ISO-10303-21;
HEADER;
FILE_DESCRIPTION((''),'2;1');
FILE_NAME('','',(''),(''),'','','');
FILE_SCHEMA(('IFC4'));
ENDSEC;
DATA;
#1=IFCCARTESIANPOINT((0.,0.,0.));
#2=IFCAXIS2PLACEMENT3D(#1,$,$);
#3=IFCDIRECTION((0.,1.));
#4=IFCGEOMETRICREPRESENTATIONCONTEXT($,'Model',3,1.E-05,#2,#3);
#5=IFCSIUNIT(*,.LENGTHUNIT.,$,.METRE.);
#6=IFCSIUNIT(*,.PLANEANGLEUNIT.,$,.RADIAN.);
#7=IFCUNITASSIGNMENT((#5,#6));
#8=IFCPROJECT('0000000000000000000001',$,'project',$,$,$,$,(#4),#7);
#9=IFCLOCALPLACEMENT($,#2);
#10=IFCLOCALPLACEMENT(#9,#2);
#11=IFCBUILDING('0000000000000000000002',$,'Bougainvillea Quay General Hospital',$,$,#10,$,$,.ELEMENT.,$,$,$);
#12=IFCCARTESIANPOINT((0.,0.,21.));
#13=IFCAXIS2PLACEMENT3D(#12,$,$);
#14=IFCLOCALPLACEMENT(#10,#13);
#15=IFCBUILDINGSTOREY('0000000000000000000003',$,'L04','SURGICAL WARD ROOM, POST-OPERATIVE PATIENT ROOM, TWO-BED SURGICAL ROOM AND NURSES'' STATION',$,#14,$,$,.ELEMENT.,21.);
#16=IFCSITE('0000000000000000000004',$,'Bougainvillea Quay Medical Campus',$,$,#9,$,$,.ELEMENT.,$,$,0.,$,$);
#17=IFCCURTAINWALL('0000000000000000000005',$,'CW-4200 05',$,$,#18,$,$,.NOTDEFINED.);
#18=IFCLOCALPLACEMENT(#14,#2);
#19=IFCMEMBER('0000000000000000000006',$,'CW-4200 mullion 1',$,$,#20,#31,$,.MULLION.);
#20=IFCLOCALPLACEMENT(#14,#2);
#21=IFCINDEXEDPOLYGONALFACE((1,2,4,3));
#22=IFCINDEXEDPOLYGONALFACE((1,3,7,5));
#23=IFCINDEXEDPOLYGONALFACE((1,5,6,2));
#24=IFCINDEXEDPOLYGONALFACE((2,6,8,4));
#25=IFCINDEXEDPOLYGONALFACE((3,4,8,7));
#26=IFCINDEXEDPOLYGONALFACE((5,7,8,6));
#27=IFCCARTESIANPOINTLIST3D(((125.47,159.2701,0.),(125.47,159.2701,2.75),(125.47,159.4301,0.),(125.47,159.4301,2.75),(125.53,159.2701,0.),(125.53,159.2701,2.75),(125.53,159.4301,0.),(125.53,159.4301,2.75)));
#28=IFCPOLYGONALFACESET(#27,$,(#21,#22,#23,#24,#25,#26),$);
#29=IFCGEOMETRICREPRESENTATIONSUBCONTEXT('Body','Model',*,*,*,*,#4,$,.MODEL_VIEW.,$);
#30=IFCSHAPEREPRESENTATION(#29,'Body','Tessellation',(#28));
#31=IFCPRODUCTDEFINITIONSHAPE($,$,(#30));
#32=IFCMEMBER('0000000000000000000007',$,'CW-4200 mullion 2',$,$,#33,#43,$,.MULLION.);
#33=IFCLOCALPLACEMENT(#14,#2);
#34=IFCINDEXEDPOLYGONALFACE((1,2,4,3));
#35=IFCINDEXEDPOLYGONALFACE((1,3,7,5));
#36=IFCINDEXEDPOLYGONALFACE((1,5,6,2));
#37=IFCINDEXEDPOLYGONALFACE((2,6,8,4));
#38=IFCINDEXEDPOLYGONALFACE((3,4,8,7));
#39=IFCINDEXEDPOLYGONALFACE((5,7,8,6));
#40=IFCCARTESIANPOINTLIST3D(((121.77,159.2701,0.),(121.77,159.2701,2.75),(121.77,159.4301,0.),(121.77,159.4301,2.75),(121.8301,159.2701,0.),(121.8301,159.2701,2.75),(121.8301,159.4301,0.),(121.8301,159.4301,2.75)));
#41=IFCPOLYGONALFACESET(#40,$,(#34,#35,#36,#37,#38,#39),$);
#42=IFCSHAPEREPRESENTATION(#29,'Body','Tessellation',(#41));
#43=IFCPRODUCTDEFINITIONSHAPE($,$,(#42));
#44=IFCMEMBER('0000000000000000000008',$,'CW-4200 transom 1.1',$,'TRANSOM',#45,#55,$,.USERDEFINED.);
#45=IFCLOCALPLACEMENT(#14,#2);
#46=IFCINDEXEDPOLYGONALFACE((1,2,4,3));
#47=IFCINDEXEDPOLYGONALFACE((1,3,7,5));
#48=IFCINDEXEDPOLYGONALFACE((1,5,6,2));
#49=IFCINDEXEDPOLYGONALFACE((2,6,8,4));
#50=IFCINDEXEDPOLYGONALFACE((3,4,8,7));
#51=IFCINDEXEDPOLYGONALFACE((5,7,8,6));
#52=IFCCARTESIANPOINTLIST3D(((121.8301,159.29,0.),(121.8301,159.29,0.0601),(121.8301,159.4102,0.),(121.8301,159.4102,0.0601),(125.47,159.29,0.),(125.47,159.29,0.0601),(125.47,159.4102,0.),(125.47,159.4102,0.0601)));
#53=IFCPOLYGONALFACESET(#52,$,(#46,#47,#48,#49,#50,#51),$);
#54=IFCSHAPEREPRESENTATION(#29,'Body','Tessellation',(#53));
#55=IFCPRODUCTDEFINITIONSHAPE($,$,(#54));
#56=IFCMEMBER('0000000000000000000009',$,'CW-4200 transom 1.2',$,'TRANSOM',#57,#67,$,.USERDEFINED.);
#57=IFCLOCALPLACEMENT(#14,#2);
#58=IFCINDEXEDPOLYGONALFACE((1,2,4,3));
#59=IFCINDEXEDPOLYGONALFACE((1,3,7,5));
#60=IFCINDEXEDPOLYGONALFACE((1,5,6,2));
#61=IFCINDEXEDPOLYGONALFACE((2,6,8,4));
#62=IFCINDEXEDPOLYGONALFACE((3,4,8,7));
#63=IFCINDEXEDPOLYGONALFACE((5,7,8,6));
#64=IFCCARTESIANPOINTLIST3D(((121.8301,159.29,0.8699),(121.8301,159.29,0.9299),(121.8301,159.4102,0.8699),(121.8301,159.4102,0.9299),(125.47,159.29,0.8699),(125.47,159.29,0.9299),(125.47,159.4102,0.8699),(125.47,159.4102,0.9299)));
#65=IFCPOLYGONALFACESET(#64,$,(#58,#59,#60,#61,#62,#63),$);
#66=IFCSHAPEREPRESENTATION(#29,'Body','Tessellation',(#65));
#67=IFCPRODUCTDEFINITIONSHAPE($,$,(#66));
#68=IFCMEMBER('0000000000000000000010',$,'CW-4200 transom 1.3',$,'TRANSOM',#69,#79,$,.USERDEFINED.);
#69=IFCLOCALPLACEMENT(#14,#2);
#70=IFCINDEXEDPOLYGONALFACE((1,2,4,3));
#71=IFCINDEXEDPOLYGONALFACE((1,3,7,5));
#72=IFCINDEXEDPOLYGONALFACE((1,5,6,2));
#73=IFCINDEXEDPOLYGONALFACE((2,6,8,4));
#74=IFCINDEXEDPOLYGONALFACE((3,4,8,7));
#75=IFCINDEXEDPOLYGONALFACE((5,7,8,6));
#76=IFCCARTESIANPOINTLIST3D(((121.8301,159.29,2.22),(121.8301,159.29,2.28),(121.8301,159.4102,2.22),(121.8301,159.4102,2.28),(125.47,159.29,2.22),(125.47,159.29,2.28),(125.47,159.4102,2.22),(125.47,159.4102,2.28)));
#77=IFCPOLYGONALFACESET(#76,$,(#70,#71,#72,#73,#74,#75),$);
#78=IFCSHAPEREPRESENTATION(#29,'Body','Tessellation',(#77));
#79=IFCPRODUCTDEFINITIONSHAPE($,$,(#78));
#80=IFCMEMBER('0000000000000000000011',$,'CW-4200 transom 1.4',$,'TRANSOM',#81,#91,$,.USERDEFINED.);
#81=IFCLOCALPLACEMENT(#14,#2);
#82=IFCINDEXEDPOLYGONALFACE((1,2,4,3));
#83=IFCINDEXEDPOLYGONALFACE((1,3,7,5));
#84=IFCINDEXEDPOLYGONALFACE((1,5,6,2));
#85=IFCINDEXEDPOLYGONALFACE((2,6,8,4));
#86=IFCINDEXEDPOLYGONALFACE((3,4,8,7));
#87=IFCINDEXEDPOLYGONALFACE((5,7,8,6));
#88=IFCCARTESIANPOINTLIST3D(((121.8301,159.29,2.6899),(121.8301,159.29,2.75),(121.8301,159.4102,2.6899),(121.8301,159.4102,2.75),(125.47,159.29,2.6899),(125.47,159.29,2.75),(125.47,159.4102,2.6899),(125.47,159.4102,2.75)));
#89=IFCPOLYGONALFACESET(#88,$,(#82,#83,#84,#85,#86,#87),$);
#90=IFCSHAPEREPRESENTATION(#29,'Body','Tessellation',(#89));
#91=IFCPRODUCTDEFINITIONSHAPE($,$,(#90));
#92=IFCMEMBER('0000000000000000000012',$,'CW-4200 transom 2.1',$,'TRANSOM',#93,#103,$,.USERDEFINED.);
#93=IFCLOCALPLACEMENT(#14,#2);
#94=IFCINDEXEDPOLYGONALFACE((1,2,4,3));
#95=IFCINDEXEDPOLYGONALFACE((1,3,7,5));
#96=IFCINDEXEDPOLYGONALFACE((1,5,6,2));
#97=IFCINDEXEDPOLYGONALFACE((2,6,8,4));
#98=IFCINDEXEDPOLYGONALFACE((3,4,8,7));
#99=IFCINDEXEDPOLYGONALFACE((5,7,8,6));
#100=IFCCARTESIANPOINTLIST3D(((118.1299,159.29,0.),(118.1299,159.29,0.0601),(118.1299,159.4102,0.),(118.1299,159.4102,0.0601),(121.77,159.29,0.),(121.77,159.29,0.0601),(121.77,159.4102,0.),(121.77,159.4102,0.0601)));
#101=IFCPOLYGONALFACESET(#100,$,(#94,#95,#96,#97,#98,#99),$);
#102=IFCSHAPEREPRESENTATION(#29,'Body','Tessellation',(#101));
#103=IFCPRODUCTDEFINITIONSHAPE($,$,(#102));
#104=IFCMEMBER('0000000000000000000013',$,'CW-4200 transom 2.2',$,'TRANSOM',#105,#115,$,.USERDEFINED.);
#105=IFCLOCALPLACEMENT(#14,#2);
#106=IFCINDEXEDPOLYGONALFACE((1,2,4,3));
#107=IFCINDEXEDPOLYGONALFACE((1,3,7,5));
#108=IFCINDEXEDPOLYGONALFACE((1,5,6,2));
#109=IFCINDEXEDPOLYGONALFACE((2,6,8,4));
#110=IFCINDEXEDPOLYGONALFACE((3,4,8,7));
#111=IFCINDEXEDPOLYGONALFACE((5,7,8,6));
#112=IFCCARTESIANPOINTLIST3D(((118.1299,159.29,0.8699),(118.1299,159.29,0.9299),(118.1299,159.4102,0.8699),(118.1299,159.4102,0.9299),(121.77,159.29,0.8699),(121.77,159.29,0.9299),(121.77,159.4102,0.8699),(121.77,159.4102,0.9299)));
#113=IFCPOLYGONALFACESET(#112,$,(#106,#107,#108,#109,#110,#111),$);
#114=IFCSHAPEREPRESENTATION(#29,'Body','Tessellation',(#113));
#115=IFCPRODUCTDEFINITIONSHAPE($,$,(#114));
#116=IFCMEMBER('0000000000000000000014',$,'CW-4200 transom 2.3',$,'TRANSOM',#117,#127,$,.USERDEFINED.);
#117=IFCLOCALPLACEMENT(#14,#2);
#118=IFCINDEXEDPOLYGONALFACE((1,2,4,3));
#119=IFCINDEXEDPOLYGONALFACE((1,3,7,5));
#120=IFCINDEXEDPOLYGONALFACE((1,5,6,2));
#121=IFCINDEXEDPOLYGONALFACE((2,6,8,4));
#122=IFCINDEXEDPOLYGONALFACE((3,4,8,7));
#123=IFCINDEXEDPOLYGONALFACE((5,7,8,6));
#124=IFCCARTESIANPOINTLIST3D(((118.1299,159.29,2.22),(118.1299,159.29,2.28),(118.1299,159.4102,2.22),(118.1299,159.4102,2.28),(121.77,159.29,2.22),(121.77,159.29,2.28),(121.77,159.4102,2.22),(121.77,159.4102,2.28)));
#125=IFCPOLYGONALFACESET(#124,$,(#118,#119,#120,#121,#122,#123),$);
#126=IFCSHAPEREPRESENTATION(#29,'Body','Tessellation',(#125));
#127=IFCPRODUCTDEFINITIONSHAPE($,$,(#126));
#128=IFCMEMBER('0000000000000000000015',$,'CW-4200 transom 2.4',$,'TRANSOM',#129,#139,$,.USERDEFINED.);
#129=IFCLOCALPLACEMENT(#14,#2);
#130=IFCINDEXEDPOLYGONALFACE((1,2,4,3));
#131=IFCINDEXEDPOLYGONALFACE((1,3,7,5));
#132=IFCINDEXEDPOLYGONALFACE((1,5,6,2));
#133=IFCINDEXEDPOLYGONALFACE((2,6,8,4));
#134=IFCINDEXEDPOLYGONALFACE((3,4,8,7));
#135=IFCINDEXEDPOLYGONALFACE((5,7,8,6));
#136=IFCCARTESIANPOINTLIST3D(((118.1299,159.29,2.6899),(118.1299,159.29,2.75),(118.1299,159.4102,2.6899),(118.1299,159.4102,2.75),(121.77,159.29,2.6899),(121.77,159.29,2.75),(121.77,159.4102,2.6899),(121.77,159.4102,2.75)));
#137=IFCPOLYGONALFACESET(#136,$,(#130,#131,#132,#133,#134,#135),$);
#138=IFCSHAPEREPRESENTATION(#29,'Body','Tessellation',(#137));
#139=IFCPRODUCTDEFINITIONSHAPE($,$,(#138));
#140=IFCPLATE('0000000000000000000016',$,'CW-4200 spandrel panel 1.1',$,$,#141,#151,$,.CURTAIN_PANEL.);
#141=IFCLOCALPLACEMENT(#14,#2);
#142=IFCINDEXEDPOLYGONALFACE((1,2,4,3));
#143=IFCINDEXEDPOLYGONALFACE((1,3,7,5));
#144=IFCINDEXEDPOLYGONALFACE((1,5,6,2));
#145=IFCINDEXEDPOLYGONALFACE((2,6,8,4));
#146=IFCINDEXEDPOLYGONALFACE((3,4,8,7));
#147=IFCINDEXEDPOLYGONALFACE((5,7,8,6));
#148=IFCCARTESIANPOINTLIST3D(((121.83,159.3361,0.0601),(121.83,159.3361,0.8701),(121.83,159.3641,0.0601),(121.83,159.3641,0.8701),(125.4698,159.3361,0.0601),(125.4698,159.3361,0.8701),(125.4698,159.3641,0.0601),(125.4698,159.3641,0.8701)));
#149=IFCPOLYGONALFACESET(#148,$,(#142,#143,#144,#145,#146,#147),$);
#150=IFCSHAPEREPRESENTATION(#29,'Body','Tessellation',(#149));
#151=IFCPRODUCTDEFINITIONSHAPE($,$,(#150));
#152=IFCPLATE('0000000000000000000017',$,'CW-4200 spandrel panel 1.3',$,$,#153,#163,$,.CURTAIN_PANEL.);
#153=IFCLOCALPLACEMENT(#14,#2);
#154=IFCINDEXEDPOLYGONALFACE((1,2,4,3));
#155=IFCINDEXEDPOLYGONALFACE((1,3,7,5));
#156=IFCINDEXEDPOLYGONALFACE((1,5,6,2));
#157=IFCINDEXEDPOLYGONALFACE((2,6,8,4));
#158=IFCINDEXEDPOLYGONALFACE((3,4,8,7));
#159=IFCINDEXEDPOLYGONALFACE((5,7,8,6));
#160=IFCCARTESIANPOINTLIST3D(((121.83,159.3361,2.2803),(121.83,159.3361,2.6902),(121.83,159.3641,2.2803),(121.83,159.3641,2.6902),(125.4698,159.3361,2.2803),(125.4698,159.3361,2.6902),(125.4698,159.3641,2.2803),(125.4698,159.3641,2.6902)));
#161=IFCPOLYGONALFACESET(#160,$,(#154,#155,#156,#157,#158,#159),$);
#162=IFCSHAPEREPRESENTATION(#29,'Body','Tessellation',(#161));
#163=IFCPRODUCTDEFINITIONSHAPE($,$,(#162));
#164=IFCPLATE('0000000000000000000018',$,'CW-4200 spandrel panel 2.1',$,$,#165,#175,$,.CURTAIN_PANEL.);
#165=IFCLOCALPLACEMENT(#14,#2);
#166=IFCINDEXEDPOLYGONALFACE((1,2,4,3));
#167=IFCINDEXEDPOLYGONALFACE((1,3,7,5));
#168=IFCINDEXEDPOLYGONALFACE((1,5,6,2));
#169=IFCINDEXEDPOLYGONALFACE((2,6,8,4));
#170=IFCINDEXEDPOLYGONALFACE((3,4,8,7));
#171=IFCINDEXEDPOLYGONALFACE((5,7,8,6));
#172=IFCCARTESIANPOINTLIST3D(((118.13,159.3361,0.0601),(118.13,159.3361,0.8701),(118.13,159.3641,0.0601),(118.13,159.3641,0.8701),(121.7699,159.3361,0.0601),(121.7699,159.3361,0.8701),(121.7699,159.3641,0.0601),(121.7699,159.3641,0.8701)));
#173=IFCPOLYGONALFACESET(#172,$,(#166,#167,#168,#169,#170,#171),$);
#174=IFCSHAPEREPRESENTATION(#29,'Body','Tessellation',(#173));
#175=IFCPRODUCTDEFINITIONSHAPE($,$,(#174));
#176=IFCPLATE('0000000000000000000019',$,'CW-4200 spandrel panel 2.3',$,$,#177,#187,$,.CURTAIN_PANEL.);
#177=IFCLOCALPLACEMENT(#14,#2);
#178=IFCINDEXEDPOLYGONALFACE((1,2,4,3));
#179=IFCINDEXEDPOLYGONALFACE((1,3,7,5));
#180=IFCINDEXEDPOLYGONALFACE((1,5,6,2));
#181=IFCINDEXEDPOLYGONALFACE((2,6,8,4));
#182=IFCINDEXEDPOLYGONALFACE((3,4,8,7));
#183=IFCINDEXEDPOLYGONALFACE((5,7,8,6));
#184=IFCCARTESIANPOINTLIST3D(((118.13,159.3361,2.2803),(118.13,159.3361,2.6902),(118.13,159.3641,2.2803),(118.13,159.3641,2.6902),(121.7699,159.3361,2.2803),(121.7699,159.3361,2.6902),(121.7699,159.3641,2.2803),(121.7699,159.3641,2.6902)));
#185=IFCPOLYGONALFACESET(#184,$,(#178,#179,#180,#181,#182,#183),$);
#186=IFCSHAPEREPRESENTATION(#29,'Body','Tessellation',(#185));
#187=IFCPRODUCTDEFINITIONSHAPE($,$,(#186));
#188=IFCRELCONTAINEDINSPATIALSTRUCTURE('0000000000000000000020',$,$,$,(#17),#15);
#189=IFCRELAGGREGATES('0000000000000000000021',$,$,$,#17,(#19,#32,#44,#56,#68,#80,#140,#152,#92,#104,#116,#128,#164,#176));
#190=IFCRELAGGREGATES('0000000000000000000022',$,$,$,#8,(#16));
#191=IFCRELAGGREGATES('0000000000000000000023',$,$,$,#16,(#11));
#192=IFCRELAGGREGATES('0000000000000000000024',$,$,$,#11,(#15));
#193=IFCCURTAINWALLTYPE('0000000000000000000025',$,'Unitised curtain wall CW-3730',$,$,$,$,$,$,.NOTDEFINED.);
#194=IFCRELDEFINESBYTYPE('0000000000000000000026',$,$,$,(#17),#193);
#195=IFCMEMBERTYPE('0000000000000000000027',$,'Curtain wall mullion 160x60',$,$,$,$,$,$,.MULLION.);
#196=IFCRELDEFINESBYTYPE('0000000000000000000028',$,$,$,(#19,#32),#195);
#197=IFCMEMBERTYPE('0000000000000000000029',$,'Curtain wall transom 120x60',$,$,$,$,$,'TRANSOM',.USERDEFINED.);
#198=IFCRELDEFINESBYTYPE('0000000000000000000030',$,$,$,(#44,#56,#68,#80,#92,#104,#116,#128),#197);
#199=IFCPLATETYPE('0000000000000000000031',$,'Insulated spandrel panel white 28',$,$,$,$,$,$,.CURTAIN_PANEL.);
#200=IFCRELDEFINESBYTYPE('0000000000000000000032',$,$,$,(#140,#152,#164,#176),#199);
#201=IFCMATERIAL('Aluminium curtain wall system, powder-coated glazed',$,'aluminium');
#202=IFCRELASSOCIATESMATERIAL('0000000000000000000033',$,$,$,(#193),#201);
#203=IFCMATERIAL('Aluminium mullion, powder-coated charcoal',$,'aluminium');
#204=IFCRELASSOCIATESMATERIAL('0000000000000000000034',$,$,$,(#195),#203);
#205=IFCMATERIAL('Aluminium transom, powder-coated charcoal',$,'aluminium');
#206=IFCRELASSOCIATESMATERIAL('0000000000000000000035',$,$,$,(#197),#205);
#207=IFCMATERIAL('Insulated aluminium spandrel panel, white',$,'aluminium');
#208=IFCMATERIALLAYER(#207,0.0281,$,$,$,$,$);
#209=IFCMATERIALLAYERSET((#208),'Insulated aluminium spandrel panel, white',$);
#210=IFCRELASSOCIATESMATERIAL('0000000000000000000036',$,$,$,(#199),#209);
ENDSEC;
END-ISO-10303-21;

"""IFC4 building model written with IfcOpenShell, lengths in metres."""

from ifc_helpers import new_model, si_unit, direction, frame, origin, origin_2d, place, context, subcontext, project, spatial, rectangle, extrude, material, layer, layer_set, material_profile, profile_set, type_object, element, aggregate, save


model = new_model("IFC4")

# Units and contexts
model_context = context("Model", 3, precision=1e-05, world=origin(), true_north=direction((0.0, 1.0)))
body_context = subcontext(model_context, "Body", "Model", "MODEL_VIEW")
ifc_project = project(units=[si_unit("LENGTHUNIT", "METRE"), si_unit("PLANEANGLEUNIT", "RADIAN")], contexts=[model_context])

# Site, building, storey
site_placement = place(None, origin())
site = spatial("IfcSite", under=ifc_project, at=site_placement, Name="Bougainvillea Quay Medical Campus", CompositionType="ELEMENT", RefElevation=0.0)
building_placement = place(site_placement, origin())
building = spatial("IfcBuilding", under=site, at=building_placement, Name="Bougainvillea Quay General Hospital", CompositionType="ELEMENT")
storey_placement = place(building_placement, frame((0.0, 0.0, 21.0)))
storey = spatial("IfcBuildingStorey", under=building, at=storey_placement, Name="L04", Description="SURGICAL WARD ROOM, POST-OPERATIVE PATIENT ROOM, TWO-BED SURGICAL ROOM AND NURSES' STATION", CompositionType="ELEMENT", Elevation=21.0)

# Curtain wall, members, plates
ifc_material_1 = material(Name="Aluminium curtain wall system, powder-coated glazed", Category="aluminium")
curtain_wall_type = type_object("IfcCurtainWallType", Name="Unitised curtain wall CW-3730", PredefinedType="NOTDEFINED", material=ifc_material_1)
curtain_wall_placement = place(storey_placement, origin())
curtain_wall = element("IfcCurtainWall", 1, at=curtain_wall_placement, inside=storey, type_object=curtain_wall_type, Name="CW-4200 05", PredefinedType="NOTDEFINED")
ifc_material_2 = material(Name="Aluminium mullion, powder-coated charcoal", Category="aluminium")
ifc_material_profile_1 = material_profile(ifc_material_2, rectangle(XDim=0.1599, YDim=0.0601, at=origin_2d()))
ifc_profile_set_1 = profile_set([ifc_material_profile_1], Name="Aluminium mullion, powder-coated charcoal")
member_type_1 = type_object("IfcMemberType", Name="Curtain wall mullion 160x60", PredefinedType="MULLION", material=ifc_profile_set_1)
member_1_placement = place(storey_placement, frame((125.5, 159.3501, 0.0), z_axis=(0.0, 0.0, 1.0), x_axis=(0.0, -1.0, 0.0)))
member_1 = element("IfcMember", 2, at=member_1_placement, type_object=member_type_1, Name="CW-4200 mullion 1", PredefinedType="MULLION", context=body_context, shape_type="SweptSolid", body=[
    extrude(rectangle(XDim=0.1599, YDim=0.0601, at=origin_2d()), origin(), (0.0, 0.0, 1.0), 2.75),
])
member_2_placement = place(storey_placement, frame((121.8, 159.3501, 0.0), z_axis=(0.0, 0.0, 1.0), x_axis=(0.0, -1.0, 0.0)))
member_2 = element("IfcMember", 3, at=member_2_placement, type_object=member_type_1, Name="CW-4200 mullion 2", PredefinedType="MULLION", context=body_context, shape_type="SweptSolid", body=[
    extrude(rectangle(XDim=0.1599, YDim=0.0601, at=origin_2d()), origin(), (0.0, 0.0, 1.0), 2.75),
])
ifc_material_3 = material(Name="Aluminium transom, powder-coated charcoal", Category="aluminium")
ifc_material_profile_2 = material_profile(ifc_material_3, rectangle(XDim=0.1201, YDim=0.0601, at=origin_2d()))
ifc_profile_set_2 = profile_set([ifc_material_profile_2], Name="Aluminium transom, powder-coated charcoal")
member_type_2 = type_object("IfcMemberType", Name="Curtain wall transom 120x60", ElementType="TRANSOM", PredefinedType="USERDEFINED", material=ifc_profile_set_2)
member_3_placement = place(storey_placement, frame((125.47, 159.3501, 0.03), z_axis=(-1.0, 0.0, 0.0), x_axis=(0.0, -1.0, 0.0)))
member_3 = element("IfcMember", 4, at=member_3_placement, type_object=member_type_2, Name="CW-4200 transom 1.1", ObjectType="TRANSOM", PredefinedType="USERDEFINED", context=body_context, shape_type="SweptSolid", body=[
    extrude(rectangle(XDim=0.1201, YDim=0.0601, at=origin_2d()), origin(), (0.0, 0.0, 1.0), 3.6399),
])
member_4_placement = place(storey_placement, frame((125.47, 159.3501, 0.8999), z_axis=(-1.0, 0.0, 0.0), x_axis=(0.0, -1.0, 0.0)))
member_4 = element("IfcMember", 5, at=member_4_placement, type_object=member_type_2, Name="CW-4200 transom 1.2", ObjectType="TRANSOM", PredefinedType="USERDEFINED", context=body_context, shape_type="SweptSolid", body=[
    extrude(rectangle(XDim=0.1201, YDim=0.0601, at=origin_2d()), origin(), (0.0, 0.0, 1.0), 3.6399),
])
member_5_placement = place(storey_placement, frame((125.47, 159.3501, 2.25), z_axis=(-1.0, 0.0, 0.0), x_axis=(0.0, -1.0, 0.0)))
member_5 = element("IfcMember", 6, at=member_5_placement, type_object=member_type_2, Name="CW-4200 transom 1.3", ObjectType="TRANSOM", PredefinedType="USERDEFINED", context=body_context, shape_type="SweptSolid", body=[
    extrude(rectangle(XDim=0.1201, YDim=0.0601, at=origin_2d()), origin(), (0.0, 0.0, 1.0), 3.6399),
])
member_6_placement = place(storey_placement, frame((125.47, 159.3501, 2.72), z_axis=(-1.0, 0.0, 0.0), x_axis=(0.0, -1.0, 0.0)))
member_6 = element("IfcMember", 7, at=member_6_placement, type_object=member_type_2, Name="CW-4200 transom 1.4", ObjectType="TRANSOM", PredefinedType="USERDEFINED", context=body_context, shape_type="SweptSolid", body=[
    extrude(rectangle(XDim=0.1201, YDim=0.0601, at=origin_2d()), origin(), (0.0, 0.0, 1.0), 3.6399),
])
member_7_placement = place(storey_placement, frame((121.77, 159.3501, 0.03), z_axis=(-1.0, 0.0, 0.0), x_axis=(0.0, -1.0, 0.0)))
member_7 = element("IfcMember", 8, at=member_7_placement, type_object=member_type_2, Name="CW-4200 transom 2.1", ObjectType="TRANSOM", PredefinedType="USERDEFINED", context=body_context, shape_type="SweptSolid", body=[
    extrude(rectangle(XDim=0.1201, YDim=0.0601, at=origin_2d()), origin(), (0.0, 0.0, 1.0), 3.6401),
])
member_8_placement = place(storey_placement, frame((121.77, 159.3501, 0.8999), z_axis=(-1.0, 0.0, 0.0), x_axis=(0.0, -1.0, 0.0)))
member_8 = element("IfcMember", 9, at=member_8_placement, type_object=member_type_2, Name="CW-4200 transom 2.2", ObjectType="TRANSOM", PredefinedType="USERDEFINED", context=body_context, shape_type="SweptSolid", body=[
    extrude(rectangle(XDim=0.1201, YDim=0.0601, at=origin_2d()), origin(), (0.0, 0.0, 1.0), 3.6401),
])
member_9_placement = place(storey_placement, frame((121.77, 159.3501, 2.25), z_axis=(-1.0, 0.0, 0.0), x_axis=(0.0, -1.0, 0.0)))
member_9 = element("IfcMember", 10, at=member_9_placement, type_object=member_type_2, Name="CW-4200 transom 2.3", ObjectType="TRANSOM", PredefinedType="USERDEFINED", context=body_context, shape_type="SweptSolid", body=[
    extrude(rectangle(XDim=0.1201, YDim=0.0601, at=origin_2d()), origin(), (0.0, 0.0, 1.0), 3.6401),
])
member_10_placement = place(storey_placement, frame((121.77, 159.3501, 2.72), z_axis=(-1.0, 0.0, 0.0), x_axis=(0.0, -1.0, 0.0)))
member_10 = element("IfcMember", 11, at=member_10_placement, type_object=member_type_2, Name="CW-4200 transom 2.4", ObjectType="TRANSOM", PredefinedType="USERDEFINED", context=body_context, shape_type="SweptSolid", body=[
    extrude(rectangle(XDim=0.1201, YDim=0.0601, at=origin_2d()), origin(), (0.0, 0.0, 1.0), 3.6401),
])
ifc_material_4 = material(Name="Insulated aluminium spandrel panel, white", Category="aluminium")
ifc_layer_1 = layer(ifc_material_4, 0.0281)
ifc_layer_set_1 = layer_set([ifc_layer_1], Name="Insulated aluminium spandrel panel, white")
plate_type_1 = type_object("IfcPlateType", Name="Insulated spandrel panel white 28", PredefinedType="CURTAIN_PANEL", material=ifc_layer_set_1)
plate_1_placement = place(storey_placement, frame((123.6499, 159.3501, 0.0601), z_axis=(0.0, 0.0, 1.0), x_axis=(-1.0, 0.0, 0.0)))
plate_1 = element("IfcPlate", 12, at=plate_1_placement, type_object=plate_type_1, Name="CW-4200 spandrel panel 1.1", PredefinedType="CURTAIN_PANEL", context=body_context, shape_type="SweptSolid", body=[
    extrude(rectangle(XDim=3.6399, YDim=0.0281, at=origin_2d()), origin(), (0.0, 0.0, 1.0), 0.8101),
])
plate_2_placement = place(storey_placement, frame((123.6499, 159.3501, 2.2803), z_axis=(0.0, 0.0, 1.0), x_axis=(-1.0, 0.0, 0.0)))
plate_2 = element("IfcPlate", 13, at=plate_2_placement, type_object=plate_type_1, Name="CW-4200 spandrel panel 1.3", PredefinedType="CURTAIN_PANEL", context=body_context, shape_type="SweptSolid", body=[
    extrude(rectangle(XDim=3.6399, YDim=0.0281, at=origin_2d()), origin(), (0.0, 0.0, 1.0), 0.4099),
])
plate_3_placement = place(storey_placement, frame((119.95, 159.3501, 0.0601), z_axis=(0.0, 0.0, 1.0), x_axis=(-1.0, 0.0, 0.0)))
plate_3 = element("IfcPlate", 14, at=plate_3_placement, type_object=plate_type_1, Name="CW-4200 spandrel panel 2.1", PredefinedType="CURTAIN_PANEL", context=body_context, shape_type="SweptSolid", body=[
    extrude(rectangle(XDim=3.6399, YDim=0.0281, at=origin_2d()), origin(), (0.0, 0.0, 1.0), 0.8101),
])
plate_4_placement = place(storey_placement, frame((119.95, 159.3501, 2.2803), z_axis=(0.0, 0.0, 1.0), x_axis=(-1.0, 0.0, 0.0)))
plate_4 = element("IfcPlate", 15, at=plate_4_placement, type_object=plate_type_1, Name="CW-4200 spandrel panel 2.3", PredefinedType="CURTAIN_PANEL", context=body_context, shape_type="SweptSolid", body=[
    extrude(rectangle(XDim=3.6399, YDim=0.0281, at=origin_2d()), origin(), (0.0, 0.0, 1.0), 0.4099),
])
aggregate(curtain_wall, [member_1, member_2, member_3, member_4, member_5, member_6, plate_1, plate_2, member_7, member_8, member_9, member_10, plate_3, plate_4])

save(model, "model.ifc")
